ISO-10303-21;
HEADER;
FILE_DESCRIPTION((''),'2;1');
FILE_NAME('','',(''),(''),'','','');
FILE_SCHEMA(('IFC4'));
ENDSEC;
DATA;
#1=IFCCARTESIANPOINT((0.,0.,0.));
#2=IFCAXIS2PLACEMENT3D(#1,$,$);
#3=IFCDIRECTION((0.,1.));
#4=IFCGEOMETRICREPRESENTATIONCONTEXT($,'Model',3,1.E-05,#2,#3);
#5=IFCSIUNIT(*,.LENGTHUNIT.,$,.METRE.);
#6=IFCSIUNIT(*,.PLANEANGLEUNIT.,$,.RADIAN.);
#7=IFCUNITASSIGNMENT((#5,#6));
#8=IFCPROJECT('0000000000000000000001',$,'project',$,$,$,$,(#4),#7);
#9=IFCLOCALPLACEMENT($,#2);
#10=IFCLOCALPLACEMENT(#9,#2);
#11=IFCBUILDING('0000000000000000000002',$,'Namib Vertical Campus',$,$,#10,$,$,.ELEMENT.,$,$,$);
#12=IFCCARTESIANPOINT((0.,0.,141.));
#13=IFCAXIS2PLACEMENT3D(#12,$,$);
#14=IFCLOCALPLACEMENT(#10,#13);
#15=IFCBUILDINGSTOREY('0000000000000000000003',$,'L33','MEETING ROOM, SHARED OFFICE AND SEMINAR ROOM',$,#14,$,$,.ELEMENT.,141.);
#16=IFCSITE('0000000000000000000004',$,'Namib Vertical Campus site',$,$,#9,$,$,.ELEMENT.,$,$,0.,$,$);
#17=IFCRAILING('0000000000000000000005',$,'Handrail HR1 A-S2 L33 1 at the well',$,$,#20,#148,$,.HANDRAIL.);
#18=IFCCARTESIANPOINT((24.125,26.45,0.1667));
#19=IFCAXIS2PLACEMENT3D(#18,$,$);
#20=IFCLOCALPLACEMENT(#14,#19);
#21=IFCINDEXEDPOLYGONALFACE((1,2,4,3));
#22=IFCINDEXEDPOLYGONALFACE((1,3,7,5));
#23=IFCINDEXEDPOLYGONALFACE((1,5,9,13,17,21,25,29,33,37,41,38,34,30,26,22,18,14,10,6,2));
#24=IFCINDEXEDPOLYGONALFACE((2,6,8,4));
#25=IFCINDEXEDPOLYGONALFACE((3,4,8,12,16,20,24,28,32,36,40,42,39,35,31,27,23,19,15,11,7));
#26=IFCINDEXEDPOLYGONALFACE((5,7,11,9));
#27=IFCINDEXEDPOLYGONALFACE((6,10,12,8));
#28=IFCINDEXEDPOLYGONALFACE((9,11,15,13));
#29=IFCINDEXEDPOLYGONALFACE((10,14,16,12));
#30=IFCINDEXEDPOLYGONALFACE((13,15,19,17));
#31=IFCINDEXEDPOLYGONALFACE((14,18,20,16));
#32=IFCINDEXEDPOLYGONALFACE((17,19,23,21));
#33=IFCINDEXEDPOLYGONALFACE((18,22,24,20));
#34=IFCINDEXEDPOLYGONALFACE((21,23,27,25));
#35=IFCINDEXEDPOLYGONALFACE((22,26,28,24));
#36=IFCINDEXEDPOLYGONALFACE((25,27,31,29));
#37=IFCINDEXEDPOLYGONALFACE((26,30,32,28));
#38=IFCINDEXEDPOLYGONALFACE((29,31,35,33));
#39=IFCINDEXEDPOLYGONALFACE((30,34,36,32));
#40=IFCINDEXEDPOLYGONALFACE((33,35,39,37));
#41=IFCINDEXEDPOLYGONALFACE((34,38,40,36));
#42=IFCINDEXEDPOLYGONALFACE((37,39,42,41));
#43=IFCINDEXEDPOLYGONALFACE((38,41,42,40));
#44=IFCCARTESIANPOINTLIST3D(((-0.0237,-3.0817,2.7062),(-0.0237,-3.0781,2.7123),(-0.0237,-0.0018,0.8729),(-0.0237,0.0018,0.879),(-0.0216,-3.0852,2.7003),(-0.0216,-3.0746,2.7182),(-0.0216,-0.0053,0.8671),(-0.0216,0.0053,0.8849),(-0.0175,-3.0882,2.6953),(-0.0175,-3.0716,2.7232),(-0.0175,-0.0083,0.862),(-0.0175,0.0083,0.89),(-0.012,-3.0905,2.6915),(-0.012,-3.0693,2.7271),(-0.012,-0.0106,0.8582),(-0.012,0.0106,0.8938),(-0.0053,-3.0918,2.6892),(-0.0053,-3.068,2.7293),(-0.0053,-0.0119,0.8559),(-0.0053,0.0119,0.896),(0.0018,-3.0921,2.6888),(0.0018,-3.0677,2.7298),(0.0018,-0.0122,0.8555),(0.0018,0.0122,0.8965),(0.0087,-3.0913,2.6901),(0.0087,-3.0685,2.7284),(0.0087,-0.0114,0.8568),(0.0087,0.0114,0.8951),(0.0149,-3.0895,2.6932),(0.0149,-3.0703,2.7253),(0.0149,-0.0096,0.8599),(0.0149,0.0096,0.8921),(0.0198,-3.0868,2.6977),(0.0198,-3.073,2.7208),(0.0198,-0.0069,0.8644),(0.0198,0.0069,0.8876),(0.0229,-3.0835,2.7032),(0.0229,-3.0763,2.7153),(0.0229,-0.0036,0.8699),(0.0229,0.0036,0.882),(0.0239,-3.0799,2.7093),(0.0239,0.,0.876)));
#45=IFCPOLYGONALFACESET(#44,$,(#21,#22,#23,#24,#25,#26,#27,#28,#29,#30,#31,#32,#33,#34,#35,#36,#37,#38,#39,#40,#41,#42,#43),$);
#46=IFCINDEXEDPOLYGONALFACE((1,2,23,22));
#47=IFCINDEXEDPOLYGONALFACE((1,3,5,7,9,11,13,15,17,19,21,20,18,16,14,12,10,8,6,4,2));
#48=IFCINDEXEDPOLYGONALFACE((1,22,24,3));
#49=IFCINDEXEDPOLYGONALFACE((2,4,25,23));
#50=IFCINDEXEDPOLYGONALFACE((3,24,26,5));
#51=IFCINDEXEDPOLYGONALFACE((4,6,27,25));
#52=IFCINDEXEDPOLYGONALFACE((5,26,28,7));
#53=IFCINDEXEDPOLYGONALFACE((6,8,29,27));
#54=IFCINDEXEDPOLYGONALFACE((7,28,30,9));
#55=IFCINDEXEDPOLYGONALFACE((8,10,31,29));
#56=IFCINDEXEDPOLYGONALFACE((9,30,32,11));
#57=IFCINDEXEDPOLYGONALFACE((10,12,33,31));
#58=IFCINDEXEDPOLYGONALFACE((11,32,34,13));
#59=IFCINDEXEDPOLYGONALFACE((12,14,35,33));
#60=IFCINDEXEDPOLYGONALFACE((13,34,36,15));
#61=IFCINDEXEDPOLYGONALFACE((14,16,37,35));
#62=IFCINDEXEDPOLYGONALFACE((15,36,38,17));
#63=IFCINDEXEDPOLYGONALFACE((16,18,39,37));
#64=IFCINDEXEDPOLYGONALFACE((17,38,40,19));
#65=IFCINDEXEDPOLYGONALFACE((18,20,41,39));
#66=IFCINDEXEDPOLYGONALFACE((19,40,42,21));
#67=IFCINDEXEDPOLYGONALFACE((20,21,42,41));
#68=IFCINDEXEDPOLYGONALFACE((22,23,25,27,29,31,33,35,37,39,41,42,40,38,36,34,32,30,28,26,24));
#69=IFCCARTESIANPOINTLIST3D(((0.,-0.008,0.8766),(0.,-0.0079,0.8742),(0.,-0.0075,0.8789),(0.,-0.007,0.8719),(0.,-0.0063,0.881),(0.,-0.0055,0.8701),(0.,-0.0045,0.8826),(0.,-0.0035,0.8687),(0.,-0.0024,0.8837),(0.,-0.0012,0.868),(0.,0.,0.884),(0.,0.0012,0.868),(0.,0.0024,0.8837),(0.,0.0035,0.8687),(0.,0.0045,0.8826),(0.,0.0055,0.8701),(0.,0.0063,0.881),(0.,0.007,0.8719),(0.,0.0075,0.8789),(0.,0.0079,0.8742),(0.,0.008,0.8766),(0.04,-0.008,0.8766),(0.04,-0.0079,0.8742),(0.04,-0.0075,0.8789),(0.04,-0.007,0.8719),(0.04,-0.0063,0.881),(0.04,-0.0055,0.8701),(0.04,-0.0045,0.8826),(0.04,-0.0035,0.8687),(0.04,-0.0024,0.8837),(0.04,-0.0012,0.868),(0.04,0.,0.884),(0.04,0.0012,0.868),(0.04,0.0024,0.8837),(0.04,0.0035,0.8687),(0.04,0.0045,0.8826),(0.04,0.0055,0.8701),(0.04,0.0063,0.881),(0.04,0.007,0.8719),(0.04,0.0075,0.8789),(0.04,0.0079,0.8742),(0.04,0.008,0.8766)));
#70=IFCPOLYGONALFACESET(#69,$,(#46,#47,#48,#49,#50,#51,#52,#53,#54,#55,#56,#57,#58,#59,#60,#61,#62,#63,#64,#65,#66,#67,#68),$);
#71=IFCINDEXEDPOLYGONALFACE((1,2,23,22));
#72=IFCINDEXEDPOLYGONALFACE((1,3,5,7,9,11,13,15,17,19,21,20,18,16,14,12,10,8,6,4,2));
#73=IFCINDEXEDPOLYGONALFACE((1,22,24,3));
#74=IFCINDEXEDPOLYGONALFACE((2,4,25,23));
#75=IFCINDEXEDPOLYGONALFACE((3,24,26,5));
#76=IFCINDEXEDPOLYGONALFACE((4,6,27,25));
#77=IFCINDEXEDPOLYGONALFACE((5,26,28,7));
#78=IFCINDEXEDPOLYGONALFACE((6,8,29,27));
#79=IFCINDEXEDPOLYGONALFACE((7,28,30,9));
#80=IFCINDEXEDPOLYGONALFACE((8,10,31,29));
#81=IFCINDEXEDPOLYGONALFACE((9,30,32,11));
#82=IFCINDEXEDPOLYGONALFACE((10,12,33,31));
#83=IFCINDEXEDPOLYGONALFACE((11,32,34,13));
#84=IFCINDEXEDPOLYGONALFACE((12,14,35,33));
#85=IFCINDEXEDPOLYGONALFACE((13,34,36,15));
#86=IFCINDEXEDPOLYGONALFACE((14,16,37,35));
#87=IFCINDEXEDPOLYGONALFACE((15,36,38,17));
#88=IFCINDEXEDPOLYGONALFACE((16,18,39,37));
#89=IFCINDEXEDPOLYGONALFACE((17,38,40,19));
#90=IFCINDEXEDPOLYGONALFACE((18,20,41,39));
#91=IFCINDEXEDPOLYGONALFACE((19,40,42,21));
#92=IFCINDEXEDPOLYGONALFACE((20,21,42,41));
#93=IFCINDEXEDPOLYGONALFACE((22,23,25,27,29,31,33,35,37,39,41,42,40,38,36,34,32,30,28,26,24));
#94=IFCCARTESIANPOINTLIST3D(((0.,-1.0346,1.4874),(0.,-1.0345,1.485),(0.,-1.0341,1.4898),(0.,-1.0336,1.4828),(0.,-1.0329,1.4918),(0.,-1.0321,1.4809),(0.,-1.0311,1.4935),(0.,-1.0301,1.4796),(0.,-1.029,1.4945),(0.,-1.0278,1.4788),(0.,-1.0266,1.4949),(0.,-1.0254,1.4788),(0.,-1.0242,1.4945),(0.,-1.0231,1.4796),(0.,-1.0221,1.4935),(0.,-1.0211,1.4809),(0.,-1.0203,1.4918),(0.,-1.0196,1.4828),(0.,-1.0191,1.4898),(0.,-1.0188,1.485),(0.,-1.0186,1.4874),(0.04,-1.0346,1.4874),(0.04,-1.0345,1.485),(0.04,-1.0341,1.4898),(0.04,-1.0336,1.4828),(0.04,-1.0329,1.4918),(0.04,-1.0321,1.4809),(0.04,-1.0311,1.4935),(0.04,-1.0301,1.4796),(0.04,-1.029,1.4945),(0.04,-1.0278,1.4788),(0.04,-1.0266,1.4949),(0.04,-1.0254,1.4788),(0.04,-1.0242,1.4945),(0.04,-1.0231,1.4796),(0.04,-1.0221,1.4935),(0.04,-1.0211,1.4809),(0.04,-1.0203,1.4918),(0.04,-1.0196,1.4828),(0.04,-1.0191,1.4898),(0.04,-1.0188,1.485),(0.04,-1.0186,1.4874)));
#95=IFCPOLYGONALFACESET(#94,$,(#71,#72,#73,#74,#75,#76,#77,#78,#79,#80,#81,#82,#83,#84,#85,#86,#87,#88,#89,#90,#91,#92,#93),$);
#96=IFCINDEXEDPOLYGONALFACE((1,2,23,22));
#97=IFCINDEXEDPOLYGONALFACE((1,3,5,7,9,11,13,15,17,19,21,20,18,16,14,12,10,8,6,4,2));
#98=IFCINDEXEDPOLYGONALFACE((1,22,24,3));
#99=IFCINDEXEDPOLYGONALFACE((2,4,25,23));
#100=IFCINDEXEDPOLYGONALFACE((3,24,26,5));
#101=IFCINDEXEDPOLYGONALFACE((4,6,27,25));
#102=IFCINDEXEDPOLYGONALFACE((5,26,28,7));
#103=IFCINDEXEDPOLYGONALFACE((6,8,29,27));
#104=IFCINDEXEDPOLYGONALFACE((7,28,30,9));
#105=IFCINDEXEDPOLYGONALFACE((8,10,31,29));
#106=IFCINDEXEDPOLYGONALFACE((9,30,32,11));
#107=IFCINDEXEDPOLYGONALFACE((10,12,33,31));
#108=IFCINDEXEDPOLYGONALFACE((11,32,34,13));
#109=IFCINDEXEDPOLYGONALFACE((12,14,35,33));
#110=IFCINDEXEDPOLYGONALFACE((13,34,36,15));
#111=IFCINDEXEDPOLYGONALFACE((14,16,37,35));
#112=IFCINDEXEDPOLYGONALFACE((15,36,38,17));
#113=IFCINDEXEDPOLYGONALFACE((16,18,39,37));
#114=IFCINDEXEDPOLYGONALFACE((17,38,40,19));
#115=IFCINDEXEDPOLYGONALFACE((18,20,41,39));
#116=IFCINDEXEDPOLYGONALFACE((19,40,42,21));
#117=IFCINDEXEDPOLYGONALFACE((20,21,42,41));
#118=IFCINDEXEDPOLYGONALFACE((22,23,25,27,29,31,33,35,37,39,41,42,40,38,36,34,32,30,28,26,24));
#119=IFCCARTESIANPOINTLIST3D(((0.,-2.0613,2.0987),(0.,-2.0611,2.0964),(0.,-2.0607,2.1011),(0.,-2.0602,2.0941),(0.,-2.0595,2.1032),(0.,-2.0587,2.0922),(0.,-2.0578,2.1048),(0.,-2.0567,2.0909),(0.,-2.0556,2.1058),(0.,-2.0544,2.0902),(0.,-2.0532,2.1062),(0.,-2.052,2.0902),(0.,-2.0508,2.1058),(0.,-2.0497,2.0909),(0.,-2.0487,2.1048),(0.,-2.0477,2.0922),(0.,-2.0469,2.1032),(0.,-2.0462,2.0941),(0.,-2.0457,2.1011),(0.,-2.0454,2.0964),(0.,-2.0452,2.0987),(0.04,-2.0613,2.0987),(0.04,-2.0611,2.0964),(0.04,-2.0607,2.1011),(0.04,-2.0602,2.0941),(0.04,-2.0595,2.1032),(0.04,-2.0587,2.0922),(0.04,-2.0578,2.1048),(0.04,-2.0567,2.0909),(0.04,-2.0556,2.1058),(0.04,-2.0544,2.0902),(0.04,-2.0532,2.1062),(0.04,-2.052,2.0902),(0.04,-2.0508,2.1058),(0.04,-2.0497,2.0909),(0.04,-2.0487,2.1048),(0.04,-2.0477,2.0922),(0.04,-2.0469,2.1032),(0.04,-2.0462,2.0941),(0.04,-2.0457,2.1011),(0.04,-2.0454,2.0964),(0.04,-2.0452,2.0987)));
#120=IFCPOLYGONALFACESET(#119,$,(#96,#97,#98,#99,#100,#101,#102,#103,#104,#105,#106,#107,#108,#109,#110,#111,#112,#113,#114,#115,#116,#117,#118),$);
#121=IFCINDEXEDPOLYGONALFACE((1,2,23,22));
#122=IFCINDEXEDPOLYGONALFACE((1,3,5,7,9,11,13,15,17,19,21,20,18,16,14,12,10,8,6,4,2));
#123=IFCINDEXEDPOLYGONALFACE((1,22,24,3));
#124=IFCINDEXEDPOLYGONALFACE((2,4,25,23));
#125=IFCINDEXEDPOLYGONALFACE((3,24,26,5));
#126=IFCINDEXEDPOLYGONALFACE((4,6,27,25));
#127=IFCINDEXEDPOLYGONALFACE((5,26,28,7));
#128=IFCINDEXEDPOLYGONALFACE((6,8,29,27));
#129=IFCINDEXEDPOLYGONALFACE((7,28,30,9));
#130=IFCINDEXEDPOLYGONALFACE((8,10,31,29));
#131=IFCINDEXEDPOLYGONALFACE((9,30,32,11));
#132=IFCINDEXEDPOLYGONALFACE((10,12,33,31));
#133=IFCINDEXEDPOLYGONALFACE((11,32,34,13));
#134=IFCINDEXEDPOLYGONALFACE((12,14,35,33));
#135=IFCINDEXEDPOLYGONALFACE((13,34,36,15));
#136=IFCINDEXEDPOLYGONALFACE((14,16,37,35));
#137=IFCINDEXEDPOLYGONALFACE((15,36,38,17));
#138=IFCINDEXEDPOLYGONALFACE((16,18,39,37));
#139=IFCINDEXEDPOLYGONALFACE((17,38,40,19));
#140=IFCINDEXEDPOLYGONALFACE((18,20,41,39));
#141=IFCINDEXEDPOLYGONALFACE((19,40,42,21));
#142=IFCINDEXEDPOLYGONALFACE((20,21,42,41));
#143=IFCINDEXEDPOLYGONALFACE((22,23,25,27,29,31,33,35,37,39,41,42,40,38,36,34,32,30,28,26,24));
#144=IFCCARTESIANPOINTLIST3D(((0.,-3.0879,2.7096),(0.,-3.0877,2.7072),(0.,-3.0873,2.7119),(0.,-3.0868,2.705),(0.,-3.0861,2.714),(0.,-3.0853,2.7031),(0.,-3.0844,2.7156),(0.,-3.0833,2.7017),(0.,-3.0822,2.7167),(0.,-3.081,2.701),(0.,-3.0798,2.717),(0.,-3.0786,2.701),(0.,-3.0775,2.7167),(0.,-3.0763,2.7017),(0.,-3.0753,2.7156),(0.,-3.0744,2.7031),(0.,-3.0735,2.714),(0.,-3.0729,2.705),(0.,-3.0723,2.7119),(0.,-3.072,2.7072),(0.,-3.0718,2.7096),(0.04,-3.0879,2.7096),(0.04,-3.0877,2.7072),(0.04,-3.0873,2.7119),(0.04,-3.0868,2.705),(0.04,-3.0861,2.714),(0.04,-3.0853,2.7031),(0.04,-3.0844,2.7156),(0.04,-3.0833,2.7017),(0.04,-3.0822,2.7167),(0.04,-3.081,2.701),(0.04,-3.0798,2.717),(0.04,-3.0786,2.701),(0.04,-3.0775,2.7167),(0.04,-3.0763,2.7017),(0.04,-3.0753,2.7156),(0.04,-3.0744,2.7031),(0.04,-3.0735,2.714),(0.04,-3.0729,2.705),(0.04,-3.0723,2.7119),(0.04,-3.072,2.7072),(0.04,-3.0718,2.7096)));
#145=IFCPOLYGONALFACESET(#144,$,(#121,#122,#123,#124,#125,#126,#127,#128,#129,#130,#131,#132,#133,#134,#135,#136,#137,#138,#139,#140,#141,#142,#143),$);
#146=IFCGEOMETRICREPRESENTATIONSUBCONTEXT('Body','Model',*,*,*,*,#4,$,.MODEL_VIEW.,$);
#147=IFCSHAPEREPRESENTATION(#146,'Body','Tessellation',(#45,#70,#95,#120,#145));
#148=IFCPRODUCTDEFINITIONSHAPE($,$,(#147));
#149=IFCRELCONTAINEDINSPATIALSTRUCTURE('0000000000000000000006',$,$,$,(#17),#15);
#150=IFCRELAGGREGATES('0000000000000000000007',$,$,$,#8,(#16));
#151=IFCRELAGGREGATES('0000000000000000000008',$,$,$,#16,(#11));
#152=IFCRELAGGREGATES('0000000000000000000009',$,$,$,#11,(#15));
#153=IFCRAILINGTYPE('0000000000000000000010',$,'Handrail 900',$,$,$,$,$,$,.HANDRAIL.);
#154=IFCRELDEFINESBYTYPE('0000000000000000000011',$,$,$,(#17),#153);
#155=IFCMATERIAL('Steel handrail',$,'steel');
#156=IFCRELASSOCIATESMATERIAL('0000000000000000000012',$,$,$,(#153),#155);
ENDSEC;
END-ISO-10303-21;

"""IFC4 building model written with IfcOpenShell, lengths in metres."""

from ifc_helpers import new_model, si_unit, direction, frame, origin, origin_2d, place, context, subcontext, project, spatial, circle, extrude, material, type_object, element, save


model = new_model("IFC4")

# Units and contexts
model_context = context("Model", 3, precision=1e-05, world=origin(), true_north=direction((0.0, 1.0)))
body_context = subcontext(model_context, "Body", "Model", "MODEL_VIEW")
ifc_project = project(units=[si_unit("LENGTHUNIT", "METRE"), si_unit("PLANEANGLEUNIT", "RADIAN")], contexts=[model_context])

# Site, building, storey
site_placement = place(None, origin())
site = spatial("IfcSite", under=ifc_project, at=site_placement, Name="Namib Vertical Campus site", CompositionType="ELEMENT", RefElevation=0.0)
building_placement = place(site_placement, origin())
building = spatial("IfcBuilding", under=site, at=building_placement, Name="Namib Vertical Campus", CompositionType="ELEMENT")
storey_placement = place(building_placement, frame((0.0, 0.0, 141.0)))
storey = spatial("IfcBuildingStorey", under=building, at=storey_placement, Name="L33", Description="MEETING ROOM, SHARED OFFICE AND SEMINAR ROOM", CompositionType="ELEMENT", Elevation=141.0)

# Railing
ifc_material_1 = material(Name="Steel handrail", Category="steel")
railing_type_1 = type_object("IfcRailingType", Name="Handrail 900", PredefinedType="HANDRAIL", material=ifc_material_1)
railing_1_placement = place(storey_placement, frame((24.125, 26.45, 0.1667)))
element("IfcRailing", 1, at=railing_1_placement, inside=storey, type_object=railing_type_1, Name="Handrail HR1 A-S2 L33 1 at the well", PredefinedType="HANDRAIL", context=body_context, shape_type="SweptSolid", body=[
    extrude(circle(Radius=0.0239, at=origin_2d()), frame((0.0, 0.0, 0.876), z_axis=(0.0, -0.859291, 0.511487), x_axis=(1.0, 0.0, 0.0)), (0.0, 0.0, 1.0), 3.5842),
    extrude(circle(Radius=0.0081, at=origin_2d()), frame((0.0, 0.0, 0.876), z_axis=(1.0, 0.0, 0.0), x_axis=(0.0, 0.0, 1.0)), (0.0, 0.0, 1.0), 0.04),
    extrude(circle(Radius=0.0081, at=origin_2d()), frame((0.0, -1.0266, 1.4868), z_axis=(1.0, 0.0, 0.0), x_axis=(0.0, 0.0, 1.0)), (0.0, 0.0, 1.0), 0.04),
    extrude(circle(Radius=0.0081, at=origin_2d()), frame((0.0, -2.0532, 2.0981), z_axis=(1.0, 0.0, 0.0), x_axis=(0.0, 0.0, 1.0)), (0.0, 0.0, 1.0), 0.04),
    extrude(circle(Radius=0.0081, at=origin_2d()), frame((0.0, -3.0798, 2.709), z_axis=(1.0, 0.0, 0.0), x_axis=(0.0, 0.0, 1.0)), (0.0, 0.0, 1.0), 0.04),
])

save(model, "model.ifc")
